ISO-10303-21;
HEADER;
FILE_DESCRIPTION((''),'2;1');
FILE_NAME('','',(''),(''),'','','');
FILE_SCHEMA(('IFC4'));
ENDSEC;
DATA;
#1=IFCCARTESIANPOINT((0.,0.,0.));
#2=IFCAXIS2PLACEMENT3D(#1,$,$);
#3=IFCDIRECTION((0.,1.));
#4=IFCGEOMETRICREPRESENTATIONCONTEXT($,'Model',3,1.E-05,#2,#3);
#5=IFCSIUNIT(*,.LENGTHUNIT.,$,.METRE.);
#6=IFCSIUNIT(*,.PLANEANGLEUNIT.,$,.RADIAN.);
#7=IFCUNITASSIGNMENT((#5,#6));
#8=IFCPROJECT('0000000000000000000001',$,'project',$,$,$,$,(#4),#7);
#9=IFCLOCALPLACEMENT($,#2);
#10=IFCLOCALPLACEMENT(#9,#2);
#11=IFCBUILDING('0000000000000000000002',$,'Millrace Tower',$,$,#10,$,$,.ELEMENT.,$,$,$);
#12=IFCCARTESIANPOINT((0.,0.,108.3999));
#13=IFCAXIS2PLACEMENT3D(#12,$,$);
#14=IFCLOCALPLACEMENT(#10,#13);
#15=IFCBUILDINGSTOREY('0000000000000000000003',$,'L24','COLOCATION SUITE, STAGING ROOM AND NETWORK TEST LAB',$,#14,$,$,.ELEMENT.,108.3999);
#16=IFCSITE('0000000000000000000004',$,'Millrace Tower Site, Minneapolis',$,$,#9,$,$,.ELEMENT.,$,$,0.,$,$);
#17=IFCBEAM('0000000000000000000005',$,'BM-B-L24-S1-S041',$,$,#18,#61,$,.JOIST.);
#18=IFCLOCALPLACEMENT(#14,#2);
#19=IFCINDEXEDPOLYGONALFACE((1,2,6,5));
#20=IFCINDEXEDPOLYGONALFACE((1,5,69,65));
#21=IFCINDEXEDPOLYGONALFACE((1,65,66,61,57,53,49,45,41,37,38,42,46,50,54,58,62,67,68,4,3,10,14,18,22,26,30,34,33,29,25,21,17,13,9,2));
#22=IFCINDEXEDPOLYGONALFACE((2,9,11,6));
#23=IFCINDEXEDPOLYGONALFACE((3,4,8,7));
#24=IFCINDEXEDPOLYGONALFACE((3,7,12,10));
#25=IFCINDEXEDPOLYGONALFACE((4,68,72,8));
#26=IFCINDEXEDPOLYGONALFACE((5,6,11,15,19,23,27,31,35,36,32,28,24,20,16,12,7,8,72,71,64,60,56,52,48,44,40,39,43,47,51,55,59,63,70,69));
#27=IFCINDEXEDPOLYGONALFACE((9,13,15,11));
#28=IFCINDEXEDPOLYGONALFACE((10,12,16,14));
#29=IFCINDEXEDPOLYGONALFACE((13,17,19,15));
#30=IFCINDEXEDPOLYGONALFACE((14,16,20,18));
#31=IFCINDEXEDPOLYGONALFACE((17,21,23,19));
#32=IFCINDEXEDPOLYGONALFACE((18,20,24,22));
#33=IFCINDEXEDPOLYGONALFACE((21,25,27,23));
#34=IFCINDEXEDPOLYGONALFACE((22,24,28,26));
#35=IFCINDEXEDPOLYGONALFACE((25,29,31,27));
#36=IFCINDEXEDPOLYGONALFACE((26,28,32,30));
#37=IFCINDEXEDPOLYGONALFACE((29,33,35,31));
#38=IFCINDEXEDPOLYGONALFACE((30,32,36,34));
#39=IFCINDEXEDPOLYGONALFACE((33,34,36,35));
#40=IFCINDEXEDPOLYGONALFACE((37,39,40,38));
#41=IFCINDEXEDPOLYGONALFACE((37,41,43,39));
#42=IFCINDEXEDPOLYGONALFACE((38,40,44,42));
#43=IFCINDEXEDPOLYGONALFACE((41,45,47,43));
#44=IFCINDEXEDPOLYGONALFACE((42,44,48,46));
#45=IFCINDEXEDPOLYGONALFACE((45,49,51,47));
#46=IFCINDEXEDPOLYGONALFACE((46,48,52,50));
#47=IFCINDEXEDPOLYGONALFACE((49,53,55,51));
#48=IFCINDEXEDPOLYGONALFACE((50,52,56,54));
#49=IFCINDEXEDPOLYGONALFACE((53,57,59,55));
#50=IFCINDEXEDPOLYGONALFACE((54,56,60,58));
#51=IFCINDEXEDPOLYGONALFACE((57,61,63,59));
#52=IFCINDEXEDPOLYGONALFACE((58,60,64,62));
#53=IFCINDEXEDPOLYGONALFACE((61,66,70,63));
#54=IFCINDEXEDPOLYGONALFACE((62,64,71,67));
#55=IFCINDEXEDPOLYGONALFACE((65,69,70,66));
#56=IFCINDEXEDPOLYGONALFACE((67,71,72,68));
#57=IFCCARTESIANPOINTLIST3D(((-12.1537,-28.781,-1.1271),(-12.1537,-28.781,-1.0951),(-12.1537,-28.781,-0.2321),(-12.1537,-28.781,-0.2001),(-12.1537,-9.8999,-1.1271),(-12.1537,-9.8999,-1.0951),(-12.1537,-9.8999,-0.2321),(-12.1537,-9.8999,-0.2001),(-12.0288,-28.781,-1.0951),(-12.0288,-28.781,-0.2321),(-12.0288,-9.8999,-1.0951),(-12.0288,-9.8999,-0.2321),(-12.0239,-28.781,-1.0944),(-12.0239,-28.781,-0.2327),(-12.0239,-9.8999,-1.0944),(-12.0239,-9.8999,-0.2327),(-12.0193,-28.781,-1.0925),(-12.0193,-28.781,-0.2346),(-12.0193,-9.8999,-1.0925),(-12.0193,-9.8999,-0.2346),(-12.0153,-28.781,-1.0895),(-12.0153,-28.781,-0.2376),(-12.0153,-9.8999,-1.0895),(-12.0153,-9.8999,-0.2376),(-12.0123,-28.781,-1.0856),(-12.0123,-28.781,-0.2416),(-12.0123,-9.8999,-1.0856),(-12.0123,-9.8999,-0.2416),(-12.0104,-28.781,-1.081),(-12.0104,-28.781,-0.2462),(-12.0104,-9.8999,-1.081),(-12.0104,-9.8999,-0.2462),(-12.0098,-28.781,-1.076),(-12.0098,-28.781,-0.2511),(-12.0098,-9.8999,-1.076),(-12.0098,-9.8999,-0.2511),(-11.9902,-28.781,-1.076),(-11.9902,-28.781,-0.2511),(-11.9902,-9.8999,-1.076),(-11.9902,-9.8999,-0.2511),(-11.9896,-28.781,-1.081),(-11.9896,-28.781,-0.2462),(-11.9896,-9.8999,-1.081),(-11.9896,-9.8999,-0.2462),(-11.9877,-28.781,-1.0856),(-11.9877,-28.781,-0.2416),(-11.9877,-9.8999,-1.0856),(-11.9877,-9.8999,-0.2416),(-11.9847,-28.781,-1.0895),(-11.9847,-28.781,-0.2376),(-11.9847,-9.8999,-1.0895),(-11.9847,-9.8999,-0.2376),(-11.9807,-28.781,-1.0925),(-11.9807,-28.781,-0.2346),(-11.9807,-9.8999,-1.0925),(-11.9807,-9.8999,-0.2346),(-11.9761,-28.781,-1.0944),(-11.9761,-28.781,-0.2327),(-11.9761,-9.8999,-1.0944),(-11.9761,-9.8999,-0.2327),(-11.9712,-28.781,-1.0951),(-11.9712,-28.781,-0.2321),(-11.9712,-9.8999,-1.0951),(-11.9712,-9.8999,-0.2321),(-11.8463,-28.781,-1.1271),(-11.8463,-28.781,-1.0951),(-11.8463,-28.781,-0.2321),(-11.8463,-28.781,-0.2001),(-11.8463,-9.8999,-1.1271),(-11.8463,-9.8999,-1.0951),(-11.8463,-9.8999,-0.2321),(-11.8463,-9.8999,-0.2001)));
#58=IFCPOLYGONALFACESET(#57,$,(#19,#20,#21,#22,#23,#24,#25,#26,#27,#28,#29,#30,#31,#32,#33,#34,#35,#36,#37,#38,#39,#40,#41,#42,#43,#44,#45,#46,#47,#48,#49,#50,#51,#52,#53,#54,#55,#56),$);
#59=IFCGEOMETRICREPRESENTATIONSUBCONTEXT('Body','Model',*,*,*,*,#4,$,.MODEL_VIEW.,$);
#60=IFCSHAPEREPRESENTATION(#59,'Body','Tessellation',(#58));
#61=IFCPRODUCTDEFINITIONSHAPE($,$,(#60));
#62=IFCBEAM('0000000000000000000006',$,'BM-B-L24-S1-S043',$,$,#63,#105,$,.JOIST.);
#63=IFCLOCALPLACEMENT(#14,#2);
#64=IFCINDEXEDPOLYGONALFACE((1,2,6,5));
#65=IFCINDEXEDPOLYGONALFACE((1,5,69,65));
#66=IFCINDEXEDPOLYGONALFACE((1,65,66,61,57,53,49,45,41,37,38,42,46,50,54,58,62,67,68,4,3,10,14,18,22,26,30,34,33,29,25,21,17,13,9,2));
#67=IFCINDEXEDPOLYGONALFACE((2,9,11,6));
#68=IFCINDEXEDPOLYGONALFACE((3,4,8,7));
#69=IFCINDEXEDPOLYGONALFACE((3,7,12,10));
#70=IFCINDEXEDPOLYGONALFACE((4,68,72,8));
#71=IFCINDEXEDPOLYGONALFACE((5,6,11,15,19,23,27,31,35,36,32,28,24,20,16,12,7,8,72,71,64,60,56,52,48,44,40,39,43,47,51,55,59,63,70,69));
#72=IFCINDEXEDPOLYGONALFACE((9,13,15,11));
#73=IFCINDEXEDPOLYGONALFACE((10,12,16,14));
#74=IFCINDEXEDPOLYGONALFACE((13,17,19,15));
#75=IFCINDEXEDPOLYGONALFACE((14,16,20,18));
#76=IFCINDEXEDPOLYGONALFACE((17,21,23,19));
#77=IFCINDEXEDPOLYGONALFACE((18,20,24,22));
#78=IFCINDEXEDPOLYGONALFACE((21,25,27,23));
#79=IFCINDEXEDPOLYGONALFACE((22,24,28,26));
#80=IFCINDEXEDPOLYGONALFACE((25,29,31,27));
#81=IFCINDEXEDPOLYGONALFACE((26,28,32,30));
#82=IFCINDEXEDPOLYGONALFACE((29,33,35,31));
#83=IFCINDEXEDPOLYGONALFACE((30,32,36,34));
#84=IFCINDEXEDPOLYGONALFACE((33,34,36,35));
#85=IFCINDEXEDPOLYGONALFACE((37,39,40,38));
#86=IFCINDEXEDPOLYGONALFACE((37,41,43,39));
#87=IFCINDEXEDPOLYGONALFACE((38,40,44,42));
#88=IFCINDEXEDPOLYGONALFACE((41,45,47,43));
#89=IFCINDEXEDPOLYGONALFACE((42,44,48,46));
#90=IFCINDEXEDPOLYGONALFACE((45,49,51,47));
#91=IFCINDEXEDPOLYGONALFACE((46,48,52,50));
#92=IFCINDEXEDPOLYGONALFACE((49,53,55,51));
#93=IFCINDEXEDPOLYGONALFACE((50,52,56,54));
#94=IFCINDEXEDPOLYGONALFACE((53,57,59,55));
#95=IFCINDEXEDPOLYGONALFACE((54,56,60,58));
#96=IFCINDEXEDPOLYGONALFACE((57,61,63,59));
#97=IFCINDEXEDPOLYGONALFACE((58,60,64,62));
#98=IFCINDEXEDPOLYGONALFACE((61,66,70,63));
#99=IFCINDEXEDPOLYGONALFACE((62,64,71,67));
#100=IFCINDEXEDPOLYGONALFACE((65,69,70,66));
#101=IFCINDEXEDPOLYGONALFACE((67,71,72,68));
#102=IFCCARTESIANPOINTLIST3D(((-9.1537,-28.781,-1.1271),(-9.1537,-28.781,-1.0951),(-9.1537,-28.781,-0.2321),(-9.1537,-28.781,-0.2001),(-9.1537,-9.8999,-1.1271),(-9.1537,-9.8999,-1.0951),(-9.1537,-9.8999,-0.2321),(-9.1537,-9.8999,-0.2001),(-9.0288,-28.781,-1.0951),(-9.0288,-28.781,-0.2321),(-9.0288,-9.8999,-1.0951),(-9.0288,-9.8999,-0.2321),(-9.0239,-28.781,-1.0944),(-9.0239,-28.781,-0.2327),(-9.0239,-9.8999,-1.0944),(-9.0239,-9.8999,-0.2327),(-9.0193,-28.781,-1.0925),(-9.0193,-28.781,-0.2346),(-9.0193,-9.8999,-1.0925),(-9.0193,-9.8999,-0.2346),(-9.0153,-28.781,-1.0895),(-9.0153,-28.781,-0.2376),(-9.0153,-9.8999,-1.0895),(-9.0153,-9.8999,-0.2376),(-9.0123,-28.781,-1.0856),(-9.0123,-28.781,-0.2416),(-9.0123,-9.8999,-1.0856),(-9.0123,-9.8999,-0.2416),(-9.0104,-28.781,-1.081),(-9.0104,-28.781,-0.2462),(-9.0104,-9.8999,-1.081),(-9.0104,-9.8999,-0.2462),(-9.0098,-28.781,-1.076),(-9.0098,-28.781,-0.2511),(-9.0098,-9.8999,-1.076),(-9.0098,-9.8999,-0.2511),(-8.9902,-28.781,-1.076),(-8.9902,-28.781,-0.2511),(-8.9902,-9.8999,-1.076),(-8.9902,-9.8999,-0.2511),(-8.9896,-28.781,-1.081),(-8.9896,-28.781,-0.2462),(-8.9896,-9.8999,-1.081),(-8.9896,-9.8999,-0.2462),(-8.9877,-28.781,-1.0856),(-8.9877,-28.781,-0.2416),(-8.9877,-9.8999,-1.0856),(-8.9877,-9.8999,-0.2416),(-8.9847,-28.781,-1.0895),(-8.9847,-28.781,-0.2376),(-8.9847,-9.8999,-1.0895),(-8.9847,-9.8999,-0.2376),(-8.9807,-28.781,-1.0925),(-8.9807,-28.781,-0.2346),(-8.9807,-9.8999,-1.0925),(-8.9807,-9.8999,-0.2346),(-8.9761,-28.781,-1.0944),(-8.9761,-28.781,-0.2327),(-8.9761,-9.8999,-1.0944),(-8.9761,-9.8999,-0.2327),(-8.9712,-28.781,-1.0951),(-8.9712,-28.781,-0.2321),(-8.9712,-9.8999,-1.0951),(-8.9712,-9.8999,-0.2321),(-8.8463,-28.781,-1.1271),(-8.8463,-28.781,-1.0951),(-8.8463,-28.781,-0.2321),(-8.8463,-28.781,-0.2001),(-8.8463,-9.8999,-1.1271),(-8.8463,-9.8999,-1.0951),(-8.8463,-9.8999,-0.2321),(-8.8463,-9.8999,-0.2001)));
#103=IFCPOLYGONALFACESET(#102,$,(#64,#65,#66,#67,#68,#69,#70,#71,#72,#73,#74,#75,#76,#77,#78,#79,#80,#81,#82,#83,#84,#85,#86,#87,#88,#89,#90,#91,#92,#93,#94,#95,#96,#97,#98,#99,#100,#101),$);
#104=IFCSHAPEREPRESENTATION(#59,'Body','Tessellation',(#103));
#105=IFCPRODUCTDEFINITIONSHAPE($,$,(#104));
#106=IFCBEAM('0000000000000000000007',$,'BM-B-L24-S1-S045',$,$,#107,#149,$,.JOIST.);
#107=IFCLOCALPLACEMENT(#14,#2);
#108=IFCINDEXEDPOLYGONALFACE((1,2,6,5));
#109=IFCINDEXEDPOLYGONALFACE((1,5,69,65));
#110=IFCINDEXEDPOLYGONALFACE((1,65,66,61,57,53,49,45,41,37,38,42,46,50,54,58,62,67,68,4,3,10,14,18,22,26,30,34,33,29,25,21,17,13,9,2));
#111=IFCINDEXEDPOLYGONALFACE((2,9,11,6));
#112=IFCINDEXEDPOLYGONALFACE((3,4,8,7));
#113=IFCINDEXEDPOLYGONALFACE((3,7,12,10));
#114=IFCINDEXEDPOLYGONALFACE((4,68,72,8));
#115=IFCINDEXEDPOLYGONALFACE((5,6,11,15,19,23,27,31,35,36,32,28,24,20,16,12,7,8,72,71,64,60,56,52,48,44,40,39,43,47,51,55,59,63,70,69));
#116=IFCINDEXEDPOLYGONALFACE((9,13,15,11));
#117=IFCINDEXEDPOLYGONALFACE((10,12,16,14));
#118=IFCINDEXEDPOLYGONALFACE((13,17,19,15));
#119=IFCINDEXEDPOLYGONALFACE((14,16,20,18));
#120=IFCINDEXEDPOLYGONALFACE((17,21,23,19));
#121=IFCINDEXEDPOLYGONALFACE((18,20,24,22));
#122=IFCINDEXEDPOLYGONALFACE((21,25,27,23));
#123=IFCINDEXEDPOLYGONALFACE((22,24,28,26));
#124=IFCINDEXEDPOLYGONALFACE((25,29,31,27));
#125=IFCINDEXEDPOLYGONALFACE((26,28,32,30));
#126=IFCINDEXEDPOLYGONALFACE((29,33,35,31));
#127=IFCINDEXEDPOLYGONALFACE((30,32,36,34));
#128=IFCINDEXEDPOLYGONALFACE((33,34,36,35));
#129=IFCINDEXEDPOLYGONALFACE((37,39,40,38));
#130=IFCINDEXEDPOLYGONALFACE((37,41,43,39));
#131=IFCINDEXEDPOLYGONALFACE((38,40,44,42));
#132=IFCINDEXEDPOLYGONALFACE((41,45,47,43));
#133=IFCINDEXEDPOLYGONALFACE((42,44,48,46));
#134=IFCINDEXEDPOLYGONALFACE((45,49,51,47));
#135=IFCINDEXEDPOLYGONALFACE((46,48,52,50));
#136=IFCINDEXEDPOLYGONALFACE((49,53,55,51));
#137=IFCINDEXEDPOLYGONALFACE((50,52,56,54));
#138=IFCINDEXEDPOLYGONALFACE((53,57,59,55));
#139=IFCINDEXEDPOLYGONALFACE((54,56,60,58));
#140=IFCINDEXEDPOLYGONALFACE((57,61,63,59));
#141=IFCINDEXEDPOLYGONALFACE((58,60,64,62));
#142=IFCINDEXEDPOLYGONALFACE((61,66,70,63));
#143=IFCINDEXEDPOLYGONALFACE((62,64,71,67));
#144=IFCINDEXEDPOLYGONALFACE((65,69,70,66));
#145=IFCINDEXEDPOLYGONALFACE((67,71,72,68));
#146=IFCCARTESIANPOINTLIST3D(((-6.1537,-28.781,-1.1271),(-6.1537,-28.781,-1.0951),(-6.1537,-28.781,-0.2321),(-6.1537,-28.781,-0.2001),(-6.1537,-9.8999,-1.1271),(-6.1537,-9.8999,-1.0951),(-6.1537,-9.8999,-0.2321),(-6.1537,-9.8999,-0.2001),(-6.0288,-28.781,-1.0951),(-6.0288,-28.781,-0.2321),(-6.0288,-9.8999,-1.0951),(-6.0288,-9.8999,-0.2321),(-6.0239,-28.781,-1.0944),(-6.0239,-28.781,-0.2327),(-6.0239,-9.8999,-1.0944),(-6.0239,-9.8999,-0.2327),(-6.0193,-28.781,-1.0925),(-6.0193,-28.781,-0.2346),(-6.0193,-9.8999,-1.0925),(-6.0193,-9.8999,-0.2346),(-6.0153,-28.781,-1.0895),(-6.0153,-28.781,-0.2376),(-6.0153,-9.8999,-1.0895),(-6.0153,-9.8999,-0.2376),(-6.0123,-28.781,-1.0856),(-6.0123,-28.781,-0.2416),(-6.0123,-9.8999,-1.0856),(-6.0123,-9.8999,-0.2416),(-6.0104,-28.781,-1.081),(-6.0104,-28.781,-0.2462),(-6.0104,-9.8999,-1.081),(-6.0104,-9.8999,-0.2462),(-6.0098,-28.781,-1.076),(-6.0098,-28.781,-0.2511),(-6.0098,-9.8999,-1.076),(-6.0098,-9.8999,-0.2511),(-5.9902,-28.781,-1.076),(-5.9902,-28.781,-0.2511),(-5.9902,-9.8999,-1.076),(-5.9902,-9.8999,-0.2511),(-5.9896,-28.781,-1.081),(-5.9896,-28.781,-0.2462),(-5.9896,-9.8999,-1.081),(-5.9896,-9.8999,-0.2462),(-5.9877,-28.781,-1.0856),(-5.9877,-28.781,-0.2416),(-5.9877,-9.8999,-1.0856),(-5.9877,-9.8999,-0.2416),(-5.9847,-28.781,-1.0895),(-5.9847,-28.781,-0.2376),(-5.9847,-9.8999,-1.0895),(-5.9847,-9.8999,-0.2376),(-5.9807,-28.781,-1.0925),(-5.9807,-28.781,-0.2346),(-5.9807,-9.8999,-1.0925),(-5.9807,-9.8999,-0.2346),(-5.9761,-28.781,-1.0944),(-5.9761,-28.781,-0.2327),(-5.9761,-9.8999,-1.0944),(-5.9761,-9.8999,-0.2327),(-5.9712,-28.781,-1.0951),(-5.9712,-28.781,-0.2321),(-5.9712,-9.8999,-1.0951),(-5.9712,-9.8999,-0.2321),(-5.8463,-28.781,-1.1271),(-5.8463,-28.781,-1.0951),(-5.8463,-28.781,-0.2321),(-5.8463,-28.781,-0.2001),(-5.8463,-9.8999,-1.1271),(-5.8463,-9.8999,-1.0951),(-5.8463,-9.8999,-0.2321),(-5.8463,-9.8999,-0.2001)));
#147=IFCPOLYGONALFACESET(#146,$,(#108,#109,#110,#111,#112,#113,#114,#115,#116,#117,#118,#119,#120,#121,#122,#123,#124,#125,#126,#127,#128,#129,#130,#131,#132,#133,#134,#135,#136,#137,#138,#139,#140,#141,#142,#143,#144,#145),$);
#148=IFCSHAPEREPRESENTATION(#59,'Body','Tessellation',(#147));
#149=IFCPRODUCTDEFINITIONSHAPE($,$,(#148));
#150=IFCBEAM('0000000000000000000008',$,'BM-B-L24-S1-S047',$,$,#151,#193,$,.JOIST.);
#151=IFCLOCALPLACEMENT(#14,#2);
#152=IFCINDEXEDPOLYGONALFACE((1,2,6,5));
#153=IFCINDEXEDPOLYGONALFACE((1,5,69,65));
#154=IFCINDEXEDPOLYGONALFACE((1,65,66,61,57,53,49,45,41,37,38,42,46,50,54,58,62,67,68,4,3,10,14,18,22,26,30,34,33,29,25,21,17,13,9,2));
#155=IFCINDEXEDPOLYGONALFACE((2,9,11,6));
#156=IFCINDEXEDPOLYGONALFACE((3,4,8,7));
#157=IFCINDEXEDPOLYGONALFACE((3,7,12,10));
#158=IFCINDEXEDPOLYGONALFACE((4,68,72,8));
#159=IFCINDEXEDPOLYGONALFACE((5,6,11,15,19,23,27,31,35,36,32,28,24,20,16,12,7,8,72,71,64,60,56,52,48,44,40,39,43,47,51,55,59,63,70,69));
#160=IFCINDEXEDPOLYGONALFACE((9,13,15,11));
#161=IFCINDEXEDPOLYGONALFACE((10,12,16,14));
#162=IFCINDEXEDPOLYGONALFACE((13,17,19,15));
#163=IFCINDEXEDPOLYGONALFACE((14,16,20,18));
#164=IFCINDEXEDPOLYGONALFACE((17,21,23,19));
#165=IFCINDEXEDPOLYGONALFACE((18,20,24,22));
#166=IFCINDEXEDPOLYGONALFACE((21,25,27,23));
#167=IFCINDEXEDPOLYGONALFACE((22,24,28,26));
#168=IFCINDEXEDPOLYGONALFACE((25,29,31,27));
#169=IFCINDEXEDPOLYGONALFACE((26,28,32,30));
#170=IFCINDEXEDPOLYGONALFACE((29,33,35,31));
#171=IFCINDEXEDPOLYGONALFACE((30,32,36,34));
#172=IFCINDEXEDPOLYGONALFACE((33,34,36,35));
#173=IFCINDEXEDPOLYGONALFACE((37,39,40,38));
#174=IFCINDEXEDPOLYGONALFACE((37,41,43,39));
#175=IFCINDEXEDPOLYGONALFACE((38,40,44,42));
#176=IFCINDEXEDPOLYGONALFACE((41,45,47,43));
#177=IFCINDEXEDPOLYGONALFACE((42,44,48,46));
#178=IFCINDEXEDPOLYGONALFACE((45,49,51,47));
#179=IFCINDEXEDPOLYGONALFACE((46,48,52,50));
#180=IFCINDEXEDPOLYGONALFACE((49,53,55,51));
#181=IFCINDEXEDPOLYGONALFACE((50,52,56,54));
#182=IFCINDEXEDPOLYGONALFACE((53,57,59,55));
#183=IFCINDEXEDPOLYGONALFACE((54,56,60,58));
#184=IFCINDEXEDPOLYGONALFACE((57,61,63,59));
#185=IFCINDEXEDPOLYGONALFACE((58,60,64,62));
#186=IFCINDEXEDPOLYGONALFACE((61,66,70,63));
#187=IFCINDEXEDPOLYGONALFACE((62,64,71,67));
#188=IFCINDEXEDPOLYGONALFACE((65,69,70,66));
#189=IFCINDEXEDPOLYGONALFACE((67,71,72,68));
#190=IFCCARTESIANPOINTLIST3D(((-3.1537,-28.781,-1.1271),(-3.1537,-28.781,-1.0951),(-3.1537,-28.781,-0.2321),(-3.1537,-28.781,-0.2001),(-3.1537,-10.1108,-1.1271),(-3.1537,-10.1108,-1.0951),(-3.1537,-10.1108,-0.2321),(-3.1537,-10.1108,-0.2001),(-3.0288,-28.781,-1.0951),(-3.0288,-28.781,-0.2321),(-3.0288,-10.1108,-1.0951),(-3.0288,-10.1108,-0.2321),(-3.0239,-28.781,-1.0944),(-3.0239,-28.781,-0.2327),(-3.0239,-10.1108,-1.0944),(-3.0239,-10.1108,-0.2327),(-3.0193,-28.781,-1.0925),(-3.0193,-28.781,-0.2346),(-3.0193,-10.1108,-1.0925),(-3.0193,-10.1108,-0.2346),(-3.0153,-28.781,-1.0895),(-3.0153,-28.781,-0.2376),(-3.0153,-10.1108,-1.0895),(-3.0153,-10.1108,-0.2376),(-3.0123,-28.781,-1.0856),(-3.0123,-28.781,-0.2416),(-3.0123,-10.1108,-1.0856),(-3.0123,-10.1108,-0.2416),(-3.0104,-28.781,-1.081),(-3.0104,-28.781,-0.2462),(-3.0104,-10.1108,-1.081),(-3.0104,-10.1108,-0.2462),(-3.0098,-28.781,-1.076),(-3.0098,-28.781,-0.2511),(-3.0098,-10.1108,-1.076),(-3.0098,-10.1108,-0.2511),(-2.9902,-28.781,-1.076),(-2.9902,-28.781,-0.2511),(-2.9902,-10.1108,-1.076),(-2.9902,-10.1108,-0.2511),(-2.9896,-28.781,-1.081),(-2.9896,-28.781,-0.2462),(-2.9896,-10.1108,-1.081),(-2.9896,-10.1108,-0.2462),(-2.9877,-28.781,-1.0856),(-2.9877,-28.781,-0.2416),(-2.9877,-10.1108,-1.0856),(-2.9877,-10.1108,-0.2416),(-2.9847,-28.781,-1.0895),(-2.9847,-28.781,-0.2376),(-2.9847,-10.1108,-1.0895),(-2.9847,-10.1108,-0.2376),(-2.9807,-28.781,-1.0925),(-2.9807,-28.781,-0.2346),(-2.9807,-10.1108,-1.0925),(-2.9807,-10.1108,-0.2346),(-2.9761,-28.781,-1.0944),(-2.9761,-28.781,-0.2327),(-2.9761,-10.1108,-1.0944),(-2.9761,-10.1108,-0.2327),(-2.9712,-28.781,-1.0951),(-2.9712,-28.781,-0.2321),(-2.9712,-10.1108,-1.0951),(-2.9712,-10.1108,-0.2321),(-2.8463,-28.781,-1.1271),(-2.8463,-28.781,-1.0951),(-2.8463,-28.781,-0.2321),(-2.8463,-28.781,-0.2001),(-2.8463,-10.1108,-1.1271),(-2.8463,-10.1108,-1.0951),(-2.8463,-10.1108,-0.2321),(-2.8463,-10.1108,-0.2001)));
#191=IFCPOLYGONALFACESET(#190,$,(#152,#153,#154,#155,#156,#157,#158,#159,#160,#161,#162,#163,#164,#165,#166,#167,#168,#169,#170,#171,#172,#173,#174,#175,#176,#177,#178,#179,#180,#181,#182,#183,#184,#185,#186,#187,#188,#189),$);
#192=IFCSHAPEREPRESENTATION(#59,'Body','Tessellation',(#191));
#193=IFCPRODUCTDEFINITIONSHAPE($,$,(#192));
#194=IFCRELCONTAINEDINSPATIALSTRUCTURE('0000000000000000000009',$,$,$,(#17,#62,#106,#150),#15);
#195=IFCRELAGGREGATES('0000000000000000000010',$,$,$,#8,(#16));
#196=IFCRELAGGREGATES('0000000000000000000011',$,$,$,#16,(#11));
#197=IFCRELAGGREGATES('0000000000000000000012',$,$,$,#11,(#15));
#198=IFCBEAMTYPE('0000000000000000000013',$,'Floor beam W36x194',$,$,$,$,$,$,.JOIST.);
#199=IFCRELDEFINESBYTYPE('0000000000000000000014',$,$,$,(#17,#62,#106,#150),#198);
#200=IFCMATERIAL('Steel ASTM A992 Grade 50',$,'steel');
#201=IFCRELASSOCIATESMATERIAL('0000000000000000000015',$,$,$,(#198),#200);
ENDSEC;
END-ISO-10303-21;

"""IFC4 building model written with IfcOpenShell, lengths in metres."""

from ifc_helpers import new_model, si_unit, direction, frame, origin, origin_2d, place, context, subcontext, project, spatial, i_section, extrude, material, material_profile, profile_set, type_object, element, save


model = new_model("IFC4")

# Units and contexts
model_context = context("Model", 3, precision=1e-05, world=origin(), true_north=direction((0.0, 1.0)))
body_context = subcontext(model_context, "Body", "Model", "MODEL_VIEW")
ifc_project = project(units=[si_unit("LENGTHUNIT", "METRE"), si_unit("PLANEANGLEUNIT", "RADIAN")], contexts=[model_context])

# Site, building, storey
site_placement = place(None, origin())
site = spatial("IfcSite", under=ifc_project, at=site_placement, Name="Millrace Tower Site, Minneapolis", CompositionType="ELEMENT", RefElevation=0.0)
building_placement = place(site_placement, origin())
building = spatial("IfcBuilding", under=site, at=building_placement, Name="Millrace Tower", CompositionType="ELEMENT")
storey_placement = place(building_placement, frame((0.0, 0.0, 108.3999)))
storey = spatial("IfcBuildingStorey", under=building, at=storey_placement, Name="L24", Description="COLOCATION SUITE, STAGING ROOM AND NETWORK TEST LAB", CompositionType="ELEMENT", Elevation=108.3999)

# Beams
ifc_material_1 = material(Name="Steel ASTM A992 Grade 50", Category="steel")
ifc_material_profile_1 = material_profile(ifc_material_1, i_section(OverallWidth=0.3074, OverallDepth=0.927, WebThickness=0.0195, FlangeThickness=0.032, FilletRadius=0.019, at=origin_2d()))
ifc_profile_set_1 = profile_set([ifc_material_profile_1], Name="Steel ASTM A992 Grade 50")
beam_type_1 = type_object("IfcBeamType", Name="Floor beam W36x194", PredefinedType="JOIST", material=ifc_profile_set_1)
for number, where, z_axis, x_axis, name in (
    (1, (-12.0, -28.781, -0.6636), (0.0, 1.0, 0.0), (-1.0, 0.0, 0.0), "BM-B-L24-S1-S041"),
    (2, (-9.0, -28.781, -0.6636), (0.0, 1.0, 0.0), (-1.0, 0.0, 0.0), "BM-B-L24-S1-S043"),
    (3, (-6.0, -28.781, -0.6636), (0.0, 1.0, 0.0), (-1.0, 0.0, 0.0), "BM-B-L24-S1-S045"),
):
    element("IfcBeam", number, at=place(storey_placement, frame(where, z_axis=z_axis, x_axis=x_axis)), inside=storey, type_object=beam_type_1, Name=name, PredefinedType="JOIST", context=body_context, shape_type="SweptSolid", body=[
        extrude(i_section(OverallWidth=0.3074, OverallDepth=0.927, WebThickness=0.0195, FlangeThickness=0.032, FilletRadius=0.019, at=origin_2d()), origin(), (0.0, 0.0, 1.0), 18.8811),
    ])
for number, where, z_axis, x_axis, name in (
    (4, (-3.0, -28.781, -0.6636), (0.0, 1.0, 0.0), (-1.0, 0.0, 0.0), "BM-B-L24-S1-S047"),
):
    element("IfcBeam", number, at=place(storey_placement, frame(where, z_axis=z_axis, x_axis=x_axis)), inside=storey, type_object=beam_type_1, Name=name, PredefinedType="JOIST", context=body_context, shape_type="SweptSolid", body=[
        extrude(i_section(OverallWidth=0.3074, OverallDepth=0.927, WebThickness=0.0195, FlangeThickness=0.032, FilletRadius=0.019, at=origin_2d()), origin(), (0.0, 0.0, 1.0), 18.6702),
    ])

save(model, "model.ifc")
